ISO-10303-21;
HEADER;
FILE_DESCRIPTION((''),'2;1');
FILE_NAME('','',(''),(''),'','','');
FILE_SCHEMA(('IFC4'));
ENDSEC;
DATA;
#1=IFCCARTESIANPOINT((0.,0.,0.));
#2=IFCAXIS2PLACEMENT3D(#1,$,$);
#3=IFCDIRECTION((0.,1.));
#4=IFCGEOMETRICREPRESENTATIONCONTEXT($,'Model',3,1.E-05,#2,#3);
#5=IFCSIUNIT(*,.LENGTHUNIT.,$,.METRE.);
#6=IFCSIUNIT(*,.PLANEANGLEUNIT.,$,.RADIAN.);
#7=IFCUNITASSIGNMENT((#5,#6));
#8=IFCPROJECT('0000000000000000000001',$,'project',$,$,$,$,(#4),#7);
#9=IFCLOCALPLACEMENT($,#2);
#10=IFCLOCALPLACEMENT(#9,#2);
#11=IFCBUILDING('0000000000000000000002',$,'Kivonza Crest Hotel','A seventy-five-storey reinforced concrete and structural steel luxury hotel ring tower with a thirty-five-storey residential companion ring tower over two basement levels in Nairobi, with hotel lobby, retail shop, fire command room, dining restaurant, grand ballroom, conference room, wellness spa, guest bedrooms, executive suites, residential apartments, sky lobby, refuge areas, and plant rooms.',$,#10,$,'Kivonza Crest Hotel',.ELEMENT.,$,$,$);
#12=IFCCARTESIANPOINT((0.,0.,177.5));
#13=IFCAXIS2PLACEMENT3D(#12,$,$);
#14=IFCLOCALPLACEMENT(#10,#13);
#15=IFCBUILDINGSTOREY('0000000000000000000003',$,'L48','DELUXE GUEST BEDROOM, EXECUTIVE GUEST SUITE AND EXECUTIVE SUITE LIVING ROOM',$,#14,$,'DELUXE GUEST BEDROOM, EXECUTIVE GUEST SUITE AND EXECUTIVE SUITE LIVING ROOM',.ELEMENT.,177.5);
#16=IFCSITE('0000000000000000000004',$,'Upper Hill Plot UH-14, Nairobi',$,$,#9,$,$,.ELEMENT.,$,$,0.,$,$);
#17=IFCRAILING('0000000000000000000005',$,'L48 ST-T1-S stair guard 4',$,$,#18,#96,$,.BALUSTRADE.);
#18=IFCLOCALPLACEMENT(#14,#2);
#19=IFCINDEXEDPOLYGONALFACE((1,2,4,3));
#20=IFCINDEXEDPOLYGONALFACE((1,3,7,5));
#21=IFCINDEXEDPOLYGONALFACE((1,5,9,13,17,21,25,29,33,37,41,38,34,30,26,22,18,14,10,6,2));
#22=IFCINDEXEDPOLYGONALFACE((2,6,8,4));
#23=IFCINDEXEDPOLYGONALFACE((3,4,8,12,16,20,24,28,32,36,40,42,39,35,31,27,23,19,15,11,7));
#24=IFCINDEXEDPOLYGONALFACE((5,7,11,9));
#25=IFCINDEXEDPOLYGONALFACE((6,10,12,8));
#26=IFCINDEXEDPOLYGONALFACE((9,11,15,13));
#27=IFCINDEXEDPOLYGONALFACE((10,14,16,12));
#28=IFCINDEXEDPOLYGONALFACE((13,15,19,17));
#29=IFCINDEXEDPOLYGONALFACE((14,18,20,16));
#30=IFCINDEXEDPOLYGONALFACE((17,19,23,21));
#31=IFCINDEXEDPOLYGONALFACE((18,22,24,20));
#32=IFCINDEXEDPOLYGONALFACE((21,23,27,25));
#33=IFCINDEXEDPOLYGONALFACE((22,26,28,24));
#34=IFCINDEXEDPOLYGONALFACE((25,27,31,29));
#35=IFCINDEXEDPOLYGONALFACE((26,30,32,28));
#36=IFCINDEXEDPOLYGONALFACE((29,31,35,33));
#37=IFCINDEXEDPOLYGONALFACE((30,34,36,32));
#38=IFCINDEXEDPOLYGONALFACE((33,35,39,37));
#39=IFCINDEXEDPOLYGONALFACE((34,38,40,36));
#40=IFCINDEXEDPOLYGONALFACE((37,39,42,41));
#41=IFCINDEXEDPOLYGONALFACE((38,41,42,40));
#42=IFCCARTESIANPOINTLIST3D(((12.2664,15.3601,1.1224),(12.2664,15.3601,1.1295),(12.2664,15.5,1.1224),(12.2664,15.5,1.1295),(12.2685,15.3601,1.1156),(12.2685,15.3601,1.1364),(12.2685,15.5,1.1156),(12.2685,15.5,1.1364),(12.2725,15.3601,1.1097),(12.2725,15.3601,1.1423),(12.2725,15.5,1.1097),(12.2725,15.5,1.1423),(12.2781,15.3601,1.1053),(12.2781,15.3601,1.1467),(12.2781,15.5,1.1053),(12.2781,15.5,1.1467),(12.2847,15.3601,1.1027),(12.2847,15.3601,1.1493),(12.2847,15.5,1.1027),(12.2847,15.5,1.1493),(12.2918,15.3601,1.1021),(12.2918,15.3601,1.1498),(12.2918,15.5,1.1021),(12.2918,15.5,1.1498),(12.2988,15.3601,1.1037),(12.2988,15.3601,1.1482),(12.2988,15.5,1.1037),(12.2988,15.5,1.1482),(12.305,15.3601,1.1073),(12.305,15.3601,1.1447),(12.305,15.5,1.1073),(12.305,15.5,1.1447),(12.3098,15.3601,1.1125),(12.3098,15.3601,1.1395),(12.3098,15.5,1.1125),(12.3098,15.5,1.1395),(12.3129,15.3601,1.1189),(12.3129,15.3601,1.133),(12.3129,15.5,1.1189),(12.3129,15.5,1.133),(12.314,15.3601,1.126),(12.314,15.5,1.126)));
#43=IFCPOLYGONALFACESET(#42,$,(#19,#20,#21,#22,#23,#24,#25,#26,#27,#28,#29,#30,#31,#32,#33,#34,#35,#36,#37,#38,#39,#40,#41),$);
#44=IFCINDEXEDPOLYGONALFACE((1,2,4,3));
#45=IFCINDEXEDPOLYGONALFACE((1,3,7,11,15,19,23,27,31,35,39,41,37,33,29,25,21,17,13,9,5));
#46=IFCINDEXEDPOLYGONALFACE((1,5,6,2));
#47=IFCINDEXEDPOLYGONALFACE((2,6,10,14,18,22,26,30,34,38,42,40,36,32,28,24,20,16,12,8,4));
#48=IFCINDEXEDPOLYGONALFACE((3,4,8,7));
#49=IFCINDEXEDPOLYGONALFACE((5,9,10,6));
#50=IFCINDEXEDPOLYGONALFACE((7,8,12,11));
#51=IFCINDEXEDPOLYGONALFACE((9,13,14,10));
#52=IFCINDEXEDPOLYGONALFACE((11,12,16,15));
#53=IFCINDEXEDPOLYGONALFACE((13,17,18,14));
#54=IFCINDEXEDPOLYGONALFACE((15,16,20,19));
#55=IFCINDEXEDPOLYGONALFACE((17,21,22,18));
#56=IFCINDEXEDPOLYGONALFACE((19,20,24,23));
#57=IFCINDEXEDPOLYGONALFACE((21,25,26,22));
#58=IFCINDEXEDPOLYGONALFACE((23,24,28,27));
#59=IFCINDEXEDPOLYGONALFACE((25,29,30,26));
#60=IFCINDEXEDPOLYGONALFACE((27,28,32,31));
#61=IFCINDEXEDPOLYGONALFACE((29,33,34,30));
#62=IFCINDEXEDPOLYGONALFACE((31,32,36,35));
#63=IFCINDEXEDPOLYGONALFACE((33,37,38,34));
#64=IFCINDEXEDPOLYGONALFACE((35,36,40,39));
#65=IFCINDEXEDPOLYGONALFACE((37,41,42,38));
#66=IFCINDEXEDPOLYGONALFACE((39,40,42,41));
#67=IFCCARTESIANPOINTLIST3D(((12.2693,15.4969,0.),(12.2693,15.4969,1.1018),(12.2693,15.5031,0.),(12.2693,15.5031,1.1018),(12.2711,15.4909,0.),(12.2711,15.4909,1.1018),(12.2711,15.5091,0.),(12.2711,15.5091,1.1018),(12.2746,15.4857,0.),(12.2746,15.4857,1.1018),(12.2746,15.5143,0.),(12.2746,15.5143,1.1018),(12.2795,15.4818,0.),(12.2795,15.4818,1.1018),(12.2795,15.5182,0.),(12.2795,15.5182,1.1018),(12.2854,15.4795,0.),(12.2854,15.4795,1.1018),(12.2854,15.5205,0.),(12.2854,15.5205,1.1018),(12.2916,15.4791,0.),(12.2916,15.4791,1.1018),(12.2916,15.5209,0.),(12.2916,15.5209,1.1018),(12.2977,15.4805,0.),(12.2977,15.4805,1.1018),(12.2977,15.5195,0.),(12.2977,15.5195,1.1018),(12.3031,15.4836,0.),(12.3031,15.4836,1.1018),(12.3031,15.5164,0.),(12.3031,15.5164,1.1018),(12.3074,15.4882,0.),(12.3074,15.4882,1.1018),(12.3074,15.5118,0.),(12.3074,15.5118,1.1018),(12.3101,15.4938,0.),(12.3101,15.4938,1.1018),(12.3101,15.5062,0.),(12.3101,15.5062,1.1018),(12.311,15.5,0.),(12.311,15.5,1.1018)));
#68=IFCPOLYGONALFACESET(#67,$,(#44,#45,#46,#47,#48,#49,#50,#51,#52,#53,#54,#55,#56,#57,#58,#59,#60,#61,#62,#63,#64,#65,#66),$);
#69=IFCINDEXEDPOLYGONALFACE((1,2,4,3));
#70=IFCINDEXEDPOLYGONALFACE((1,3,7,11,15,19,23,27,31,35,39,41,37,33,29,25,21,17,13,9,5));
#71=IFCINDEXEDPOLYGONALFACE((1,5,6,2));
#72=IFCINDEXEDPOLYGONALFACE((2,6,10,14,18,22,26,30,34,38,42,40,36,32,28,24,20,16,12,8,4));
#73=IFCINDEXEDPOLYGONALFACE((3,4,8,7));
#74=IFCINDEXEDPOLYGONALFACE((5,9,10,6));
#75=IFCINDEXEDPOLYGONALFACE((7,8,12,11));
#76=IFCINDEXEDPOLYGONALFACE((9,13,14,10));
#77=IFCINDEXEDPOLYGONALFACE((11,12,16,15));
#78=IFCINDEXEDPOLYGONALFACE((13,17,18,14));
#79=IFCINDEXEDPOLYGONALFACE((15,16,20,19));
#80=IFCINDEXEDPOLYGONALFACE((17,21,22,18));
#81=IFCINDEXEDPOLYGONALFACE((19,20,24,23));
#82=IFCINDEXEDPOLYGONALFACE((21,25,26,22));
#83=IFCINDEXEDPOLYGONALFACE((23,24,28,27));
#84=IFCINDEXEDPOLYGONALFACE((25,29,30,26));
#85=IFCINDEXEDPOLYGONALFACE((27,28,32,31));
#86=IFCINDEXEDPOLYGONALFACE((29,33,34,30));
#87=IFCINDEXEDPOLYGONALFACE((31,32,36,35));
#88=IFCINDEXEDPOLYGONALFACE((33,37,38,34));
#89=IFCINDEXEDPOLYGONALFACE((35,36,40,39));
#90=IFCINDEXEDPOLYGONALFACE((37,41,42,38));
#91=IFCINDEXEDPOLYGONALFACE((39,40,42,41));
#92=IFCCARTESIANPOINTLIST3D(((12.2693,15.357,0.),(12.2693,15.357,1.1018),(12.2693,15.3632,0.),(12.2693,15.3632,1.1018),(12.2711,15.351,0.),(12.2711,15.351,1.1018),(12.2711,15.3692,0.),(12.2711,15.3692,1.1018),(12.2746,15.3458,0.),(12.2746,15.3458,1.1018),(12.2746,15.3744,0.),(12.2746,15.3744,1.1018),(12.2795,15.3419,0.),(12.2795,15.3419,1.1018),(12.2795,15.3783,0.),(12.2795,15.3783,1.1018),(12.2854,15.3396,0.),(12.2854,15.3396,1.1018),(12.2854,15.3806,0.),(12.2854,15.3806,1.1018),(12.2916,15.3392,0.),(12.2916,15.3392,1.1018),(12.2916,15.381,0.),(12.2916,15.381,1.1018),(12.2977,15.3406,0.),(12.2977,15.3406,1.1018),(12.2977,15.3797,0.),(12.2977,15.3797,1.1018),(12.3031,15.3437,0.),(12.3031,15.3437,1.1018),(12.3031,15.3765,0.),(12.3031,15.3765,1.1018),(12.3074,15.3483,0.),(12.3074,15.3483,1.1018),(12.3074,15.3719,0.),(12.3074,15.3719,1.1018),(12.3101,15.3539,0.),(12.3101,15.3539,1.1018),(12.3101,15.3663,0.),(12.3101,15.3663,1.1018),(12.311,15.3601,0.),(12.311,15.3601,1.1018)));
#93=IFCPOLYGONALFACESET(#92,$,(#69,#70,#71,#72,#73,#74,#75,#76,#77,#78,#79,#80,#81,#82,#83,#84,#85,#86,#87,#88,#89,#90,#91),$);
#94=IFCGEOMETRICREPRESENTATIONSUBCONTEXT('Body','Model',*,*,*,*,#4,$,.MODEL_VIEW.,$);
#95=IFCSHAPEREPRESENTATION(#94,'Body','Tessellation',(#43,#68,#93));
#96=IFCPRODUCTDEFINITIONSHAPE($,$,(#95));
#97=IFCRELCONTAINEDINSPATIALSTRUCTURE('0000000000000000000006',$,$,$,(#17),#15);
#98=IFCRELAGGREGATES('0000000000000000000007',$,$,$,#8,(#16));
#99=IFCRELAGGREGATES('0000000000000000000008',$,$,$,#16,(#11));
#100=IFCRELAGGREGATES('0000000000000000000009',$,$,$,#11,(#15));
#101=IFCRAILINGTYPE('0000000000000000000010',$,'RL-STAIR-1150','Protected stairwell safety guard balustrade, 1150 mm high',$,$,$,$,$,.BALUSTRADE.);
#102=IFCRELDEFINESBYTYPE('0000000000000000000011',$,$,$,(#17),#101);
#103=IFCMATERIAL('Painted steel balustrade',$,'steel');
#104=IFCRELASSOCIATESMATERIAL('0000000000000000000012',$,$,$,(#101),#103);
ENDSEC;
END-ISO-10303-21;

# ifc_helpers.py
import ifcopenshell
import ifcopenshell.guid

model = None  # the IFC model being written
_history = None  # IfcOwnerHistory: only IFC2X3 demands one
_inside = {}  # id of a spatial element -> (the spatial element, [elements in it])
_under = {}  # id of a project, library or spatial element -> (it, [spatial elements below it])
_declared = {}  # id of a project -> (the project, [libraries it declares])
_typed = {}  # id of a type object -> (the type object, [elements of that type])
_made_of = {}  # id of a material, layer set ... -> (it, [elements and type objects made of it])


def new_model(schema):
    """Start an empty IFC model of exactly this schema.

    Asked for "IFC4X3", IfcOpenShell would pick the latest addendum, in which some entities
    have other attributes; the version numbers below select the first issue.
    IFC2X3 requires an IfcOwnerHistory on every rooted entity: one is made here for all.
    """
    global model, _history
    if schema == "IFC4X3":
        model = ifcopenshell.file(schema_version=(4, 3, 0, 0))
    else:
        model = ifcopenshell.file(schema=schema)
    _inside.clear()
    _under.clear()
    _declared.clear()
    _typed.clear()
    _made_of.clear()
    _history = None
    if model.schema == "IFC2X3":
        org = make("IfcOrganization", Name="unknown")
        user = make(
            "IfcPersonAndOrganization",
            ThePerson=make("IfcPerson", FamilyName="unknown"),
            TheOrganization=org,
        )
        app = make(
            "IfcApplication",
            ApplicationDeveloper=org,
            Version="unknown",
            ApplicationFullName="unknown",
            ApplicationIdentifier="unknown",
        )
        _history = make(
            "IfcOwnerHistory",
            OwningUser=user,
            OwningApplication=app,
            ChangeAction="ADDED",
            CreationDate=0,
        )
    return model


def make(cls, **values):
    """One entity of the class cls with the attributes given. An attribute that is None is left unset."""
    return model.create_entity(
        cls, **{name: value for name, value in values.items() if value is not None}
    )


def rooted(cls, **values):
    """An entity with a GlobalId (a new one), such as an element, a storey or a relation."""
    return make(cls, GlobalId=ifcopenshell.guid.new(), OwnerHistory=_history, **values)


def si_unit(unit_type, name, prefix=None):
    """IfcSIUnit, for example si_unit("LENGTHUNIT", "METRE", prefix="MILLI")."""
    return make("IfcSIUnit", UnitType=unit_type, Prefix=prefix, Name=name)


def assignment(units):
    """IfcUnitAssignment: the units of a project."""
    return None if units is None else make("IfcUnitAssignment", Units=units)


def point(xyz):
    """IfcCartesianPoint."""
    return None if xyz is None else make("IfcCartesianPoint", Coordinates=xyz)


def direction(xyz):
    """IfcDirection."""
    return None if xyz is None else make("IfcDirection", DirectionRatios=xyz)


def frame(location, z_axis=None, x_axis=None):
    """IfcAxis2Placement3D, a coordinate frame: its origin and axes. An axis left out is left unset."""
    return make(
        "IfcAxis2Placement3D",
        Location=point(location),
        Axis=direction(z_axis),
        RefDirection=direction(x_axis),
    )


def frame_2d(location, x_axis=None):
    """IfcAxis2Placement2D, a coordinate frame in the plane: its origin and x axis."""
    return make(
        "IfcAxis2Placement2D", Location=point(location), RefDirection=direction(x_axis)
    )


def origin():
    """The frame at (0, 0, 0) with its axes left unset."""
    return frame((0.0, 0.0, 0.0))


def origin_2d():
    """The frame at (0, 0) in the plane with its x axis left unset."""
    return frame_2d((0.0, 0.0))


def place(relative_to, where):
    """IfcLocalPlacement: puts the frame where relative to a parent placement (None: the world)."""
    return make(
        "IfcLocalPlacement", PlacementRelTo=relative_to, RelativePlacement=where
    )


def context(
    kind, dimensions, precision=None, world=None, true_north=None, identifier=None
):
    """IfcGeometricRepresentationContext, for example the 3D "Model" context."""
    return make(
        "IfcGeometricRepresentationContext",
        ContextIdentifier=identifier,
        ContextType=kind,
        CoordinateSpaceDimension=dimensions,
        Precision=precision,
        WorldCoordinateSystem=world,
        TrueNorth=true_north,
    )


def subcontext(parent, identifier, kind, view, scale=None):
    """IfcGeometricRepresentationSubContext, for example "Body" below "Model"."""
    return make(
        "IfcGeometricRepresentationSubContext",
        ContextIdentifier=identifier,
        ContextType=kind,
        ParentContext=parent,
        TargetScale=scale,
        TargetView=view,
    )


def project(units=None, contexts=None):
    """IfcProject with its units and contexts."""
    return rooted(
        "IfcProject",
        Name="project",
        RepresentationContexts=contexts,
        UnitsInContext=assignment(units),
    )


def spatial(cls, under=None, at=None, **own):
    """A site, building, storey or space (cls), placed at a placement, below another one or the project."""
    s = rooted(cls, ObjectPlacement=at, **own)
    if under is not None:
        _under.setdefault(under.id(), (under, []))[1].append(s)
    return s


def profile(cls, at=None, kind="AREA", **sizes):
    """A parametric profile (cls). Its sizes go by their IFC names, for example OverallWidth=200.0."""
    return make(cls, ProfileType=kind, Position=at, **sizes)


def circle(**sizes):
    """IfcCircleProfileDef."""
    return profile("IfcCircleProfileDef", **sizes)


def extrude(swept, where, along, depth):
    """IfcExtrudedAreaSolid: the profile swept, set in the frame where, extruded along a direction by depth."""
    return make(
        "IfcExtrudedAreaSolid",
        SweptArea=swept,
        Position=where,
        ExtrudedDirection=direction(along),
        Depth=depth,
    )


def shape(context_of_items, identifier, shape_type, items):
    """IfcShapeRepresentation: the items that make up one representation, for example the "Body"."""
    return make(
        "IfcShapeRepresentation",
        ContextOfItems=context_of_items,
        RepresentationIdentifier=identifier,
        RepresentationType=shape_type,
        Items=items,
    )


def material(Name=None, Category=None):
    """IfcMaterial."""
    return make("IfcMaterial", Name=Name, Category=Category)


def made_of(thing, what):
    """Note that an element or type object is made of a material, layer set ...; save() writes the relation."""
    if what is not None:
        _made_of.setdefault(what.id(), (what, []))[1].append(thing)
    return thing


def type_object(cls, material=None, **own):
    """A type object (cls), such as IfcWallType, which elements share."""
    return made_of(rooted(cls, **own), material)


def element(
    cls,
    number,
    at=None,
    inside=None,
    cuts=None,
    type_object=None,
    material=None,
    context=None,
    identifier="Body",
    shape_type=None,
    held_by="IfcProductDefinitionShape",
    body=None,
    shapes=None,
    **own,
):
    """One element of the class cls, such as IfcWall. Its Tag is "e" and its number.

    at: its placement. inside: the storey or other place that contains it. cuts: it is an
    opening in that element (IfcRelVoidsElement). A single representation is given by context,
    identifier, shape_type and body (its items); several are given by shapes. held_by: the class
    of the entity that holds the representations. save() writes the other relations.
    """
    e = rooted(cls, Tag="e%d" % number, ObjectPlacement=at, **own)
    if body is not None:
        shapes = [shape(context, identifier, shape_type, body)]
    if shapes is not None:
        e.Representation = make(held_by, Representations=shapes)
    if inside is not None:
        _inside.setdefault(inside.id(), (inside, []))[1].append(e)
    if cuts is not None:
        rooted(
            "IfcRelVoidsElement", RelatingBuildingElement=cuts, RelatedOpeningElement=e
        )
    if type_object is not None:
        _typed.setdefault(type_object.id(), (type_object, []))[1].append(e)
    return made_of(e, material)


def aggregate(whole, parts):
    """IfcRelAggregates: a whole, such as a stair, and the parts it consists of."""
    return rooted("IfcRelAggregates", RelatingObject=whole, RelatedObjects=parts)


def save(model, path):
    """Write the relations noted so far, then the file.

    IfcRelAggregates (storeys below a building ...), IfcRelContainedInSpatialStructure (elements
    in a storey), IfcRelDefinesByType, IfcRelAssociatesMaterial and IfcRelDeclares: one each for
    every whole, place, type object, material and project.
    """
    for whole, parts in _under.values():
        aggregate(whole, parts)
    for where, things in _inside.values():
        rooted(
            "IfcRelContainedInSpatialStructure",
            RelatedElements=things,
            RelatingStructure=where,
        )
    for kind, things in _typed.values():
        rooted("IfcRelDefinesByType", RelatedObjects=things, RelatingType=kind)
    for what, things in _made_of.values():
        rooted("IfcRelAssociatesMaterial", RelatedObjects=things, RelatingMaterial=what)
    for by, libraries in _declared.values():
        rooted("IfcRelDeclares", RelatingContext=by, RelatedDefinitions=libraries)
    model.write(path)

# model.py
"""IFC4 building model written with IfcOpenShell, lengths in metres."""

from ifc_helpers import new_model, si_unit, direction, frame, origin, origin_2d, place, context, subcontext, project, spatial, circle, extrude, material, type_object, element, save


model = new_model("IFC4")

# Units and contexts
model_context = context("Model", 3, precision=1e-05, world=origin(), true_north=direction((0.0, 1.0)))
body_context = subcontext(model_context, "Body", "Model", "MODEL_VIEW")
ifc_project = project(units=[si_unit("LENGTHUNIT", "METRE"), si_unit("PLANEANGLEUNIT", "RADIAN")], contexts=[model_context])

# Site, building, storey
site_placement = place(None, origin())
site = spatial("IfcSite", under=ifc_project, at=site_placement, Name="Upper Hill Plot UH-14, Nairobi", CompositionType="ELEMENT", RefElevation=0.0)
building_placement = place(site_placement, origin())
building = spatial("IfcBuilding", under=site, at=building_placement, Name="Kivonza Crest Hotel", Description="A seventy-five-storey reinforced concrete and structural steel luxury hotel ring tower with a thirty-five-storey residential companion ring tower over two basement levels in Nairobi, with hotel lobby, retail shop, fire command room, dining restaurant, grand ballroom, conference room, wellness spa, guest bedrooms, executive suites, residential apartments, sky lobby, refuge areas, and plant rooms.", LongName="Kivonza Crest Hotel", CompositionType="ELEMENT")
storey_placement = place(building_placement, frame((0.0, 0.0, 177.5)))
storey = spatial("IfcBuildingStorey", under=building, at=storey_placement, Name="L48", Description="DELUXE GUEST BEDROOM, EXECUTIVE GUEST SUITE AND EXECUTIVE SUITE LIVING ROOM", LongName="DELUXE GUEST BEDROOM, EXECUTIVE GUEST SUITE AND EXECUTIVE SUITE LIVING ROOM", CompositionType="ELEMENT", Elevation=177.5)

# Railing
ifc_material_1 = material(Name="Painted steel balustrade", Category="steel")
railing_type_1 = type_object("IfcRailingType", Name="RL-STAIR-1150", Description="Protected stairwell safety guard balustrade, 1150 mm high", PredefinedType="BALUSTRADE", material=ifc_material_1)
railing_1_placement = place(storey_placement, frame((12.29, 15.5, 0.0)))
element("IfcRailing", 1, at=railing_1_placement, inside=storey, type_object=railing_type_1, Name="L48 ST-T1-S stair guard 4", PredefinedType="BALUSTRADE", context=body_context, shape_type="SweptSolid", body=[
    extrude(circle(Radius=0.0239, at=origin_2d()), frame((0.0, 0.0, 1.126), z_axis=(0.0, -1.0, 0.0), x_axis=(1.0, 0.0, 0.0)), (0.0, 0.0, 1.0), 0.1399),
    extrude(circle(Radius=0.021, at=origin_2d()), origin(), (0.0, 0.0, 1.0), 1.1018),
    extrude(circle(Radius=0.021, at=origin_2d()), frame((0.0, -0.1399, 0.0)), (0.0, 0.0, 1.0), 1.1018),
])

save(model, "model.ifc")
